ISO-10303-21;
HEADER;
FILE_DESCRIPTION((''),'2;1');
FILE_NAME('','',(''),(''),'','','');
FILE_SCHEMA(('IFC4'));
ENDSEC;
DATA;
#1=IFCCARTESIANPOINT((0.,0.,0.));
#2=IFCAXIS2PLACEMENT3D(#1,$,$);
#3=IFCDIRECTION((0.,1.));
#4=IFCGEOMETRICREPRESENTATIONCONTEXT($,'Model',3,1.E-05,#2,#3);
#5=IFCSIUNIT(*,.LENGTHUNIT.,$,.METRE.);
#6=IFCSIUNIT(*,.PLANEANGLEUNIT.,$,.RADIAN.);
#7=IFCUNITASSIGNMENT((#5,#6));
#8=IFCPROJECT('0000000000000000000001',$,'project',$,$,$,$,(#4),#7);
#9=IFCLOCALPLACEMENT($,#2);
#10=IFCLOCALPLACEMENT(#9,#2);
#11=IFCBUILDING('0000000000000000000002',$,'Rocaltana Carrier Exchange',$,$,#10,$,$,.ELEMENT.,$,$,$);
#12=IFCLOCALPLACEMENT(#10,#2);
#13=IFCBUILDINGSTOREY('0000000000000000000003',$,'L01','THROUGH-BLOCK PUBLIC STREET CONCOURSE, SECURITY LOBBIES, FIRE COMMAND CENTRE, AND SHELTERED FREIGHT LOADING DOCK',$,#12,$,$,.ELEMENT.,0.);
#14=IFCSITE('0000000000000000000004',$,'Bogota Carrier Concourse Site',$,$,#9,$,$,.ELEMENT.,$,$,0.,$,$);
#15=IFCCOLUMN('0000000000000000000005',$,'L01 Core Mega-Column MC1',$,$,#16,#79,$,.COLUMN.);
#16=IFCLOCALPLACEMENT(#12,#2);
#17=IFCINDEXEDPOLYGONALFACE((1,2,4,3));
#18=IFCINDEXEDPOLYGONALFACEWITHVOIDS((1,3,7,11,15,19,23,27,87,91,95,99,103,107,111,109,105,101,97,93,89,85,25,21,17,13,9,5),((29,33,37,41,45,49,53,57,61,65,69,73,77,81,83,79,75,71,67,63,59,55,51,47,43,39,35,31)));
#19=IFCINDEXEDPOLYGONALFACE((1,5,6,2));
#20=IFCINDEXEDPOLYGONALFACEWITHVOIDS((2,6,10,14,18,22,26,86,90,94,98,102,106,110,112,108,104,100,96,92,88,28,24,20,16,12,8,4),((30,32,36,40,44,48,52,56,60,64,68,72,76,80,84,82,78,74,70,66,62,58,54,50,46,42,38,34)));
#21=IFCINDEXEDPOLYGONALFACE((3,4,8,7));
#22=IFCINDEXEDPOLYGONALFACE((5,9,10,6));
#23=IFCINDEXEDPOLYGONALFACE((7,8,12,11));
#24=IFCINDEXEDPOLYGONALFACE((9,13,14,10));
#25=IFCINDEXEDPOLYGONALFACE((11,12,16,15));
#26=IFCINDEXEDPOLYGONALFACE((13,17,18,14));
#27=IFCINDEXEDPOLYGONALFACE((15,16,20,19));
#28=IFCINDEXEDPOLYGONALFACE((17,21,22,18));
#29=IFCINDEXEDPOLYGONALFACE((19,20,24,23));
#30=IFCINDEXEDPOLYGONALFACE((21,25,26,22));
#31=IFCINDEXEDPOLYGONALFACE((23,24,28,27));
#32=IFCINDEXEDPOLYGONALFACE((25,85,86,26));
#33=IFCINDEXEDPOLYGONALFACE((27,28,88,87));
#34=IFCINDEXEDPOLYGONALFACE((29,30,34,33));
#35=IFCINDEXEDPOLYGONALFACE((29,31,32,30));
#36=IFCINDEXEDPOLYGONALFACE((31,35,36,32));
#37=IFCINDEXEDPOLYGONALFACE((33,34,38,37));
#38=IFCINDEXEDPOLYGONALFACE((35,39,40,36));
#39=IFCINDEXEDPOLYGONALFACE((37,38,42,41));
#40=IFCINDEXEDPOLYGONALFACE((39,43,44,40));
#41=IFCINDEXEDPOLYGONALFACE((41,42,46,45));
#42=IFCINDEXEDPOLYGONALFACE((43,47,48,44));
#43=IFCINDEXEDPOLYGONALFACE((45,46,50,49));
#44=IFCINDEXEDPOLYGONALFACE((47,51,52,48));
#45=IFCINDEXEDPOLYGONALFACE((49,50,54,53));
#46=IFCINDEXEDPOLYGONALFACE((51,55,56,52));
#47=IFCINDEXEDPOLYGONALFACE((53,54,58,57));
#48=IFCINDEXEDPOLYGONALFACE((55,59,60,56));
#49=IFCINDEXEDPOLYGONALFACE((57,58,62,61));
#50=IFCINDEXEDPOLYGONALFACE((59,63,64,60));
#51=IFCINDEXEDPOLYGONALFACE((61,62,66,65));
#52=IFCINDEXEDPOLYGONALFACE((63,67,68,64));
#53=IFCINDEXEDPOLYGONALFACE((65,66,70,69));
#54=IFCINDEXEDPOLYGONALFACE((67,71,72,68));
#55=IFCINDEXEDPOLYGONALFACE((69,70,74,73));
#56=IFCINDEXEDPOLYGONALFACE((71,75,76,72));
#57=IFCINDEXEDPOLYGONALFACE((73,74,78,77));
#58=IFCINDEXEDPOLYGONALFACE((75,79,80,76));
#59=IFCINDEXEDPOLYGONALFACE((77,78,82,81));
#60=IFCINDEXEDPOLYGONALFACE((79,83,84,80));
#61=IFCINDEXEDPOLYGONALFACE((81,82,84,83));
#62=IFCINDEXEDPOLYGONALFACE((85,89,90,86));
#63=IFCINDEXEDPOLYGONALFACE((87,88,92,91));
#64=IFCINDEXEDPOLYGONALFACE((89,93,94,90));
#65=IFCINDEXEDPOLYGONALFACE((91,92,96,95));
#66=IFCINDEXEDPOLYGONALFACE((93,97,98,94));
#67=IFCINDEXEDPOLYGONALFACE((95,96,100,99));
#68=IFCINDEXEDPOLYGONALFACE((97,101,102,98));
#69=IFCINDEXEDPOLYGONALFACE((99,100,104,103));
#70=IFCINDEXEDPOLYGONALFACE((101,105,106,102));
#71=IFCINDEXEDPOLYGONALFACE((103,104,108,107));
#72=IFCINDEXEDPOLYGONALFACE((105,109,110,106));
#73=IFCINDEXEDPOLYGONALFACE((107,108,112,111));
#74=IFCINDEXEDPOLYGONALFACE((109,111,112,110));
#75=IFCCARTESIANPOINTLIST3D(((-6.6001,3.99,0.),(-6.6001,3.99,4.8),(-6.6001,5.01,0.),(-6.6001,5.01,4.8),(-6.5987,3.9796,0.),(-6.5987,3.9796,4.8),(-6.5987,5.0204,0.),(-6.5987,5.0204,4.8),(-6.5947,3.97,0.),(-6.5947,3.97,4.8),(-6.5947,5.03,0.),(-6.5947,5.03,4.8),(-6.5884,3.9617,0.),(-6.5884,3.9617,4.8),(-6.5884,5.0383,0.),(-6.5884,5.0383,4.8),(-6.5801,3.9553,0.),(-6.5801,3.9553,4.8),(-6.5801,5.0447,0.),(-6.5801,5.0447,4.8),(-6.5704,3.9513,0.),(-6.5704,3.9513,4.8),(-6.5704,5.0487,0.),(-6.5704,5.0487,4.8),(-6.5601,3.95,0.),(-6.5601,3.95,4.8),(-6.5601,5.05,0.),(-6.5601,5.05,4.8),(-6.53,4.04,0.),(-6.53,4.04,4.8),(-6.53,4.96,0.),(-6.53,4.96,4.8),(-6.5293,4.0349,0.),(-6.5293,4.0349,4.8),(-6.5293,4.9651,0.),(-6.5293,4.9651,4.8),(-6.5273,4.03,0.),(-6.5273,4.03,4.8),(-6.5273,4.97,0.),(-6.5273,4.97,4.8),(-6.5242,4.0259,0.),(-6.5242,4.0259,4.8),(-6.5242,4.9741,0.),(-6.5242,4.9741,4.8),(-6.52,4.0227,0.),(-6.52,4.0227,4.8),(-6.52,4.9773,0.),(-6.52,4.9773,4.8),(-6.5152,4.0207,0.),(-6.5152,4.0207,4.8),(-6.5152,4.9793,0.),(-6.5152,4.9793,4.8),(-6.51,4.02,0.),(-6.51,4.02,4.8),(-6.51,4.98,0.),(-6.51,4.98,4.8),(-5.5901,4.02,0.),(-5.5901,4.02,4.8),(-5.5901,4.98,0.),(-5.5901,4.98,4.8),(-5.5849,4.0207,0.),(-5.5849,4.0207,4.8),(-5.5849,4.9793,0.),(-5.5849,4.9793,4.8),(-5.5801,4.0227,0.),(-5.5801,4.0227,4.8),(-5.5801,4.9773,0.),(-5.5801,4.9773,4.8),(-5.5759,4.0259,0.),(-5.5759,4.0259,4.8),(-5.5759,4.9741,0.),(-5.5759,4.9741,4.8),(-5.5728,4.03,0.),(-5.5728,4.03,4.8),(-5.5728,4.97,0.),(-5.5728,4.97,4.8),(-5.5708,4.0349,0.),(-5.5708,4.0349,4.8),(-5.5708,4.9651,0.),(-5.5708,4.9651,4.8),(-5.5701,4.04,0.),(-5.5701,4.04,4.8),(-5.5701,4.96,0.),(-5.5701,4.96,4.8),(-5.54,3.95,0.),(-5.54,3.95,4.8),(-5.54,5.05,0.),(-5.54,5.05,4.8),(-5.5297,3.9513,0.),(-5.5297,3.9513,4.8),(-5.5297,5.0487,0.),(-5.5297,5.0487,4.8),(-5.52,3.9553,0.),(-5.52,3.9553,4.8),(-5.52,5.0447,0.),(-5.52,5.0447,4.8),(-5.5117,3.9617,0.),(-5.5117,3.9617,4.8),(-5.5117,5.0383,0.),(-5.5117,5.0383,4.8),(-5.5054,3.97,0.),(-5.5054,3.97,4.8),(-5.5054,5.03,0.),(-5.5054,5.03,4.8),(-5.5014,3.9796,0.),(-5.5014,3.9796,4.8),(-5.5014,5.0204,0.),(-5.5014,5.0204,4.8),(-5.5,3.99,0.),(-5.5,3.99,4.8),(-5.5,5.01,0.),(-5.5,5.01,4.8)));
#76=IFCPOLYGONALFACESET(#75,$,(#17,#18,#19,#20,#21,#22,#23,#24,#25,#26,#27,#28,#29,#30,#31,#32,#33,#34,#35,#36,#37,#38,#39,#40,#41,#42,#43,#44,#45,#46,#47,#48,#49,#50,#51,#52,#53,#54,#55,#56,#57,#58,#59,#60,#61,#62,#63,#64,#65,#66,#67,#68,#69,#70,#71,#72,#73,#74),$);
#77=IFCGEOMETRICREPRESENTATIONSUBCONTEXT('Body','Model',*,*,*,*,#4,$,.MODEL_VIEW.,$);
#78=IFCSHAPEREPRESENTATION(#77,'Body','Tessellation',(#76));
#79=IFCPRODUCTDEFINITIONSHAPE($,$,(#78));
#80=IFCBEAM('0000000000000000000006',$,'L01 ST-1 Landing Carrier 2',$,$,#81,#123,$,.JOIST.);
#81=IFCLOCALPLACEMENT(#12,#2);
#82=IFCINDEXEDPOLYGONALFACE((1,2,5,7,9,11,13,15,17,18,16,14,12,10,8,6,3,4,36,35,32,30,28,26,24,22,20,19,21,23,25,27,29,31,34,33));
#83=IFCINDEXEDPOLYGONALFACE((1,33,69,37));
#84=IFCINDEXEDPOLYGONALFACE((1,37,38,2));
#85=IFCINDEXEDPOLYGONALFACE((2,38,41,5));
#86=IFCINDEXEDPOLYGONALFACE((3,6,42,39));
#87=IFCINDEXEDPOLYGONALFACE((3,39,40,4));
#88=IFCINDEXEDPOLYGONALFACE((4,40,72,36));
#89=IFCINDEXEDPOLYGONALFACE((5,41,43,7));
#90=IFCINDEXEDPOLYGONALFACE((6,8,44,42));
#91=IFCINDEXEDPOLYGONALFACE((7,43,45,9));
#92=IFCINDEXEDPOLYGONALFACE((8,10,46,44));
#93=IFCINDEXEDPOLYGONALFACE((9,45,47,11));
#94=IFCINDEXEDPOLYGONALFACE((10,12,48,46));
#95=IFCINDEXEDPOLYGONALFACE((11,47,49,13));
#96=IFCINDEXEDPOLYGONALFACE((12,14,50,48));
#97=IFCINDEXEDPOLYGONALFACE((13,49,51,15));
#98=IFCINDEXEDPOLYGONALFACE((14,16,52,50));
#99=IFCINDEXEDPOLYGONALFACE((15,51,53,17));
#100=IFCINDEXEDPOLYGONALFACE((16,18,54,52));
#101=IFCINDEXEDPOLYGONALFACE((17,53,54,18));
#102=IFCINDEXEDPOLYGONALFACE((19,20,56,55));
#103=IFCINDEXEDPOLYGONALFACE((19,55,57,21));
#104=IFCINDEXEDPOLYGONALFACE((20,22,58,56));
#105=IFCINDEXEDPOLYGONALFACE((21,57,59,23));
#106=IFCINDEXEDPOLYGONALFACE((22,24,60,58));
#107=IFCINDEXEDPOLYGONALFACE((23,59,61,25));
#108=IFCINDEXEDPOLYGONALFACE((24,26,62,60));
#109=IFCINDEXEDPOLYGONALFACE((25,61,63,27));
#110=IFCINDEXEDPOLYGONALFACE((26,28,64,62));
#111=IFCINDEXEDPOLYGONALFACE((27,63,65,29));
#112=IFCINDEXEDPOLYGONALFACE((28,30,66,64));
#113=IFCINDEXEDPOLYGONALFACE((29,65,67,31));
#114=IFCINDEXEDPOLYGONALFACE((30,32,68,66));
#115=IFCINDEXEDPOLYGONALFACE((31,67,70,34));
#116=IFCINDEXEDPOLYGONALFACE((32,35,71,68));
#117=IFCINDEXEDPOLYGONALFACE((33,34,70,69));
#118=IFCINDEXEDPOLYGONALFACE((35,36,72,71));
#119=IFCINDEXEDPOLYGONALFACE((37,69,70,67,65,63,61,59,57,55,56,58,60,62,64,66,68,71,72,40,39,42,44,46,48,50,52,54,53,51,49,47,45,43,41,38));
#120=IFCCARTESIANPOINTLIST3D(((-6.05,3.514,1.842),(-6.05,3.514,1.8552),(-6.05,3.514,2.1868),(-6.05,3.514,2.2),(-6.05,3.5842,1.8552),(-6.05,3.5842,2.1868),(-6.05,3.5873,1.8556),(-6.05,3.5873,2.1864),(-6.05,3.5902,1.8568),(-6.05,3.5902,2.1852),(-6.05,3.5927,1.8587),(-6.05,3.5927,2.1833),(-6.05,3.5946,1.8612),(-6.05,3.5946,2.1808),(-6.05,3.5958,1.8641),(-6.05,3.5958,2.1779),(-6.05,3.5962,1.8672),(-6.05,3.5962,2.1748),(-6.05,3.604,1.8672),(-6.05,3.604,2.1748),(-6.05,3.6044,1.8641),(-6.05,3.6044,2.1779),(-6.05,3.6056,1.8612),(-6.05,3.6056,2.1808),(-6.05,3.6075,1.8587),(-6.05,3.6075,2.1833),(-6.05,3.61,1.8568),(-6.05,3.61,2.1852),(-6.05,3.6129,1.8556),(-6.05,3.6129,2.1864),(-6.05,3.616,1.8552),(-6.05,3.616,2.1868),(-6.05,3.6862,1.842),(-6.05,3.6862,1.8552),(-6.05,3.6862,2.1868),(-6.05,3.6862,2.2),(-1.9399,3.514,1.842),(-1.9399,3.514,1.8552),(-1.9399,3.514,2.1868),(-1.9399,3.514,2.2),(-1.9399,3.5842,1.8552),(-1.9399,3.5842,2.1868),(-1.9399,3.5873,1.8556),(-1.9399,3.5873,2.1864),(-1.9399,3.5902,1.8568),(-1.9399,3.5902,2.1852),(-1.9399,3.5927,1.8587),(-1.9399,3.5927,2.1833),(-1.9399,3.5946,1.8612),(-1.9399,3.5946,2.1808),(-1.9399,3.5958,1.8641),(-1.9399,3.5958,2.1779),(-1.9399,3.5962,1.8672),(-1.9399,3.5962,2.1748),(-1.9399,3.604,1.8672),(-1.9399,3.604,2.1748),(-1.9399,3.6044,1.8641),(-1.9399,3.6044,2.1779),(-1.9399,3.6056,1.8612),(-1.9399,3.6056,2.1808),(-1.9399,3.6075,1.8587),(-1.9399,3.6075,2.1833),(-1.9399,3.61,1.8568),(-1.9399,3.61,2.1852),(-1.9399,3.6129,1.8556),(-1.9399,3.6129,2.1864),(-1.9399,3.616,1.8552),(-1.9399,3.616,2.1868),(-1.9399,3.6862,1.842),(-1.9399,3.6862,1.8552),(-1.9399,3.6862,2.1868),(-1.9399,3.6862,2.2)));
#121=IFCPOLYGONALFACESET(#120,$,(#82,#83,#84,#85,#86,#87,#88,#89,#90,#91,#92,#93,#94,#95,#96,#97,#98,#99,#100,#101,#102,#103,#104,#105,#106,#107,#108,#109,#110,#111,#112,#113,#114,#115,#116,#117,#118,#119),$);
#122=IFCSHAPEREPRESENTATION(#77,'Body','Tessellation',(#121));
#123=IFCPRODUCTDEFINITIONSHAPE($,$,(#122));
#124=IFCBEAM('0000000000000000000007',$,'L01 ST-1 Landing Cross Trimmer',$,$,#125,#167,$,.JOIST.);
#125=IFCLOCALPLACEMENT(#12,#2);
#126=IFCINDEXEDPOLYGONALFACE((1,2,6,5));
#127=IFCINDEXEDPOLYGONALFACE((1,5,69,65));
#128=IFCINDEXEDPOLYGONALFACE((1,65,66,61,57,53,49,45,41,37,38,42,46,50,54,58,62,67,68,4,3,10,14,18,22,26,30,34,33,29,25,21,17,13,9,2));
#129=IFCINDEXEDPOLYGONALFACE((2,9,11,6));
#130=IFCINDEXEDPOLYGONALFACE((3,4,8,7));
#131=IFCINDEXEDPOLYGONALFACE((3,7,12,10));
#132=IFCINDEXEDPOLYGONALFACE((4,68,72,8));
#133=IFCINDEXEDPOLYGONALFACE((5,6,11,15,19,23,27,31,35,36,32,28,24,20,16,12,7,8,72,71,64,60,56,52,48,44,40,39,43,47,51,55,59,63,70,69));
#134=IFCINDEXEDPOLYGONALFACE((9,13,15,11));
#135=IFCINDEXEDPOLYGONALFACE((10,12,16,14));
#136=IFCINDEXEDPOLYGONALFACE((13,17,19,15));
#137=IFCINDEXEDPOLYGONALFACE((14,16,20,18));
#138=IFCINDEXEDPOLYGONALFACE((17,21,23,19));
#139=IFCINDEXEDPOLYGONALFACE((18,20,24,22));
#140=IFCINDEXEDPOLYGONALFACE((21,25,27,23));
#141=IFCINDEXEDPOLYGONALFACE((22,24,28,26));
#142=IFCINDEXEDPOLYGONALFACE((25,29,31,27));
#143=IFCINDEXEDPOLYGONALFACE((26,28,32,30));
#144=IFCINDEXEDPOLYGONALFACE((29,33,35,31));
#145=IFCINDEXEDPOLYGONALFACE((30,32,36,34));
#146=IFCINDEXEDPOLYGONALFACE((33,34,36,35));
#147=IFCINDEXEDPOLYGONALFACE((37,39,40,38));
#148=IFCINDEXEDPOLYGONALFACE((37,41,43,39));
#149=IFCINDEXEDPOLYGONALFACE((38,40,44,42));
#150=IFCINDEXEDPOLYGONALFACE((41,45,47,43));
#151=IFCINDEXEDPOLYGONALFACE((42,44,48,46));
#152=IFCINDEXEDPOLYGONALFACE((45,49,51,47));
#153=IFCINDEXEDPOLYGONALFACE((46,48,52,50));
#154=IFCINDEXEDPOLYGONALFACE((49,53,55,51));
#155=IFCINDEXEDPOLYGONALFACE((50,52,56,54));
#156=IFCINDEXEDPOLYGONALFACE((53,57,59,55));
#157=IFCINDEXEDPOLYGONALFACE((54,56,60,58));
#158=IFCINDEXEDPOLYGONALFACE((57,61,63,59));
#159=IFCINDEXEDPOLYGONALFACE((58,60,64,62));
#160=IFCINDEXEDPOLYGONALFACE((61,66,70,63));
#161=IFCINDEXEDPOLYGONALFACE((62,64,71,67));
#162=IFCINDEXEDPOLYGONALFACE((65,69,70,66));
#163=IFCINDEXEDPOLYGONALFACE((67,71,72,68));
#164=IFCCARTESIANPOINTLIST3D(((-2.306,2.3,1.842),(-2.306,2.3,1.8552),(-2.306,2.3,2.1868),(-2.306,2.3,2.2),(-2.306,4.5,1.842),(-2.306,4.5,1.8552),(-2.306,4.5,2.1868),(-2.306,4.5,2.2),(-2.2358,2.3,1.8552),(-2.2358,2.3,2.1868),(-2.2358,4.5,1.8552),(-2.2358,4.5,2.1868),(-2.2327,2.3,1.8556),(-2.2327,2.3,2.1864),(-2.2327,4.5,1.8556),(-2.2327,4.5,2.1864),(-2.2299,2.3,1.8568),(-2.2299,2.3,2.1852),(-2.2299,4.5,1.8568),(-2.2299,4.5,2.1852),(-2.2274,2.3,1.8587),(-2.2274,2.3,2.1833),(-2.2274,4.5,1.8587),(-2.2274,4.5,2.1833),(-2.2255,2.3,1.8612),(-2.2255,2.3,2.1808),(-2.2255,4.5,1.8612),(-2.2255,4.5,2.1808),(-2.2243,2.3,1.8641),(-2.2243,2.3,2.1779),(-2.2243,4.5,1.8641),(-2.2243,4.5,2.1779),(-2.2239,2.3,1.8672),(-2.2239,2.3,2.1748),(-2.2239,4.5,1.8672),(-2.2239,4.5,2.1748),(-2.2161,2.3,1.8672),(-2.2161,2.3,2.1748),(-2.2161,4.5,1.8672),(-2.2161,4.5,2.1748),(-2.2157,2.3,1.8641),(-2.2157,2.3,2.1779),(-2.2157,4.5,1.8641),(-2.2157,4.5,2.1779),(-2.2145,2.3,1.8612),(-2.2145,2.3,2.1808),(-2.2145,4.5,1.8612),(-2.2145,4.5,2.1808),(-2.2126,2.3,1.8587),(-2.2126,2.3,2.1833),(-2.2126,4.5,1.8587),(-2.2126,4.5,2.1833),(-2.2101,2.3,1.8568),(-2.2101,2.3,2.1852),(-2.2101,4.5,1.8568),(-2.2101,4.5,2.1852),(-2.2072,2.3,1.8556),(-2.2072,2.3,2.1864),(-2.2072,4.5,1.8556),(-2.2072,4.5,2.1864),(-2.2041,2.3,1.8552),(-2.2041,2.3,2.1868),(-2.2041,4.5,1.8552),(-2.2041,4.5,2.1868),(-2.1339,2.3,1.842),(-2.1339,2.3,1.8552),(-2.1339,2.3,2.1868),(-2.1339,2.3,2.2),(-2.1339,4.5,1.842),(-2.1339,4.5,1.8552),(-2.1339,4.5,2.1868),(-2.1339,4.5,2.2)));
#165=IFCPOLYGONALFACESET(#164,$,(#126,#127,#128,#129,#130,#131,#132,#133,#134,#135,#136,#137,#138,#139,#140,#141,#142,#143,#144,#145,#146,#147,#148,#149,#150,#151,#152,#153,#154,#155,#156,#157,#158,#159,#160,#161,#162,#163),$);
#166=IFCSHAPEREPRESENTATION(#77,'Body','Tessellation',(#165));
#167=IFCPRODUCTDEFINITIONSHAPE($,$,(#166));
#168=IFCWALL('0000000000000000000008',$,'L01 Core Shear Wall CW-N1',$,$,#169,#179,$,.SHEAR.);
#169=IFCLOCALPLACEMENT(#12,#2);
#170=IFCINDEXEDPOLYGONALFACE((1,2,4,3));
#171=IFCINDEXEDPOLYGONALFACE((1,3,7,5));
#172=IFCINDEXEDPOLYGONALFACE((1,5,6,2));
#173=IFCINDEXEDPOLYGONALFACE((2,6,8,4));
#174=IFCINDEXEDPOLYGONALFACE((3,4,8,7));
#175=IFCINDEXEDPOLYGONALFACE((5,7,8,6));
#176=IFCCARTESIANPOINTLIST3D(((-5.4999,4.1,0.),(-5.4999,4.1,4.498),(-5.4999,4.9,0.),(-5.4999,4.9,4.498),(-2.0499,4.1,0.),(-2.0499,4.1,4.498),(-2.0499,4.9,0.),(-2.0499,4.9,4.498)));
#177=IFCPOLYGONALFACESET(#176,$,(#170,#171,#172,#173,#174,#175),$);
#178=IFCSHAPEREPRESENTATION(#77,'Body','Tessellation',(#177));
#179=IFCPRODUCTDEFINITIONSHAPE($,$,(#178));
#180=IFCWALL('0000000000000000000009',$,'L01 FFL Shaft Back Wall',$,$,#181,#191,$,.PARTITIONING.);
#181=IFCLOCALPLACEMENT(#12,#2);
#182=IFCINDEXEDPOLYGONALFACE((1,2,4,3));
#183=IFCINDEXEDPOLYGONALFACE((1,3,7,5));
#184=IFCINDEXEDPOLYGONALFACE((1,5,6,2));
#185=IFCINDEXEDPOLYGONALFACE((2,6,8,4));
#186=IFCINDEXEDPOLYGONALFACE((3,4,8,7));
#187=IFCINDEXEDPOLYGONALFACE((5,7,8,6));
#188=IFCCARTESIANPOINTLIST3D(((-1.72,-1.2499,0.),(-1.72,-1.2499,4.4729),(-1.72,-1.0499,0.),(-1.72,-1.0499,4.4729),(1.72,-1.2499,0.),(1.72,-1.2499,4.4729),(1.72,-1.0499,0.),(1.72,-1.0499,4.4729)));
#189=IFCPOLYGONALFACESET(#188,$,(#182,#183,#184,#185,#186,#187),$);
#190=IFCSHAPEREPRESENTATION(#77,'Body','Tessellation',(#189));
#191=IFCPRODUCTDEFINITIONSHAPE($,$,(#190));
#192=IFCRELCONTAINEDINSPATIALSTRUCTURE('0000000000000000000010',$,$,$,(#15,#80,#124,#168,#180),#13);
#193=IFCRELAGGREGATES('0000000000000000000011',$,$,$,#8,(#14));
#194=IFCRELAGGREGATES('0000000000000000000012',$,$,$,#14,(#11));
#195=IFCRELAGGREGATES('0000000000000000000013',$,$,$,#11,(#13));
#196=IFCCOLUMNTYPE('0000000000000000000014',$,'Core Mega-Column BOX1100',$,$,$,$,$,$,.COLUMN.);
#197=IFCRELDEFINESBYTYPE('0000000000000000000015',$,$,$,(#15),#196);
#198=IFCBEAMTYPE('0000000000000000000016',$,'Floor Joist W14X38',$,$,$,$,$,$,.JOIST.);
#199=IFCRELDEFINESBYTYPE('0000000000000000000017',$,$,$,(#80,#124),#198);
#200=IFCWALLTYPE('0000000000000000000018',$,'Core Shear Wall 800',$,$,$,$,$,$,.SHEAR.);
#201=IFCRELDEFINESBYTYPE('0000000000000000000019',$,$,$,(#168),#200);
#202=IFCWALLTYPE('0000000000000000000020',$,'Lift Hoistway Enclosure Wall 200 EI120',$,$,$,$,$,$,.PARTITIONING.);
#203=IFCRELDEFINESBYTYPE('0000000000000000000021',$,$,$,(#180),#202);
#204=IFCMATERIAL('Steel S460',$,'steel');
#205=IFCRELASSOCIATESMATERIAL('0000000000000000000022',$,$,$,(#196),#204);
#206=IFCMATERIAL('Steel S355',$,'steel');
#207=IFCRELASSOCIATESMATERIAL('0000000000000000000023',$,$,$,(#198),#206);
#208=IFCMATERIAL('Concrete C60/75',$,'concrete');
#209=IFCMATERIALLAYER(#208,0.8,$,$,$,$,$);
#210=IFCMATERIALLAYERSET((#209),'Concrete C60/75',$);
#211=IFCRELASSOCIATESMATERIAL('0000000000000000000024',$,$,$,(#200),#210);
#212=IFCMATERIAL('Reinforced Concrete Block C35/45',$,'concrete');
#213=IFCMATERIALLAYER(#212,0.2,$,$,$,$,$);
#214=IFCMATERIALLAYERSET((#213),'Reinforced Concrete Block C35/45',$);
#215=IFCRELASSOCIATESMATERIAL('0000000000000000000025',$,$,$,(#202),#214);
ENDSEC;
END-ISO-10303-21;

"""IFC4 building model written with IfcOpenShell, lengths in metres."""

from ifc_helpers import new_model, si_unit, direction, frame, frame_2d, origin, origin_2d, place, context, subcontext, project, spatial, rectangle, hollow_rectangle, i_section, extrude, material, layer, layer_set, material_profile, profile_set, type_object, element, save


model = new_model("IFC4")

# Units and contexts
model_context = context("Model", 3, precision=1e-05, world=origin(), true_north=direction((0.0, 1.0)))
body_context = subcontext(model_context, "Body", "Model", "MODEL_VIEW")
ifc_project = project(units=[si_unit("LENGTHUNIT", "METRE"), si_unit("PLANEANGLEUNIT", "RADIAN")], contexts=[model_context])

# Site, building, storey
site_placement = place(None, origin())
site = spatial("IfcSite", under=ifc_project, at=site_placement, Name="Bogota Carrier Concourse Site", CompositionType="ELEMENT", RefElevation=0.0)
building_placement = place(site_placement, origin())
building = spatial("IfcBuilding", under=site, at=building_placement, Name="Rocaltana Carrier Exchange", CompositionType="ELEMENT")
storey_placement = place(building_placement, origin())
storey = spatial("IfcBuildingStorey", under=building, at=storey_placement, Name="L01", Description="THROUGH-BLOCK PUBLIC STREET CONCOURSE, SECURITY LOBBIES, FIRE COMMAND CENTRE, AND SHELTERED FREIGHT LOADING DOCK", CompositionType="ELEMENT", Elevation=0.0)

# Column
ifc_material_1 = material(Name="Steel S460", Category="steel")
ifc_material_profile_1 = material_profile(ifc_material_1, hollow_rectangle(XDim=1.1001, YDim=1.1001, WallThickness=0.0701, InnerFilletRadius=0.02, OuterFilletRadius=0.04, at=origin_2d()), Name="BOX1100X1100X70")
ifc_profile_set_1 = profile_set([ifc_material_profile_1], Name="Steel S460")
column_type = type_object("IfcColumnType", Name="Core Mega-Column BOX1100", PredefinedType="COLUMN", material=ifc_profile_set_1)
column_placement = place(storey_placement, frame((-6.05, 4.5, 0.0), z_axis=(0.0, 0.0, 1.0), x_axis=(1.0, 0.0, 0.0)))
element("IfcColumn", 1, at=column_placement, inside=storey, type_object=column_type, Name="L01 Core Mega-Column MC1", PredefinedType="COLUMN", context=body_context, shape_type="SweptSolid", body=[
    extrude(hollow_rectangle(XDim=1.1001, YDim=1.1001, WallThickness=0.0701, InnerFilletRadius=0.02, OuterFilletRadius=0.04, at=origin_2d()), origin(), (0.0, 0.0, 1.0), 4.8),
])

# Beams
ifc_material_2 = material(Name="Steel S355", Category="steel")
ifc_material_profile_2 = material_profile(ifc_material_2, i_section(OverallWidth=0.1721, OverallDepth=0.3579, WebThickness=0.0078, FlangeThickness=0.0132, FilletRadius=0.012, at=origin_2d()), Name="W14X38")
ifc_profile_set_2 = profile_set([ifc_material_profile_2], Name="Steel S355")
beam_type = type_object("IfcBeamType", Name="Floor Joist W14X38", PredefinedType="JOIST", material=ifc_profile_set_2)
beam_1_placement = place(storey_placement, frame((-6.05, 3.6001, 2.021), z_axis=(1.0, 0.0, 0.0), x_axis=(0.0, 1.0, 0.0)))
element("IfcBeam", 2, at=beam_1_placement, inside=storey, type_object=beam_type, Name="L01 ST-1 Landing Carrier 2", PredefinedType="JOIST", context=body_context, shape_type="SweptSolid", body=[
    extrude(i_section(OverallWidth=0.1721, OverallDepth=0.3579, WebThickness=0.0078, FlangeThickness=0.0132, FilletRadius=0.012, at=origin_2d()), origin(), (0.0, 0.0, 1.0), 4.1101),
])
beam_2_placement = place(storey_placement, frame((-2.22, 2.3, 2.021), z_axis=(0.0, 1.0, 0.0), x_axis=(-1.0, 0.0, 0.0)))
element("IfcBeam", 3, at=beam_2_placement, inside=storey, type_object=beam_type, Name="L01 ST-1 Landing Cross Trimmer", PredefinedType="JOIST", context=body_context, shape_type="SweptSolid", body=[
    extrude(i_section(OverallWidth=0.1721, OverallDepth=0.3579, WebThickness=0.0078, FlangeThickness=0.0132, FilletRadius=0.012, at=origin_2d()), origin(), (0.0, 0.0, 1.0), 2.2),
])

# Walls
ifc_material_3 = material(Name="Concrete C60/75", Category="concrete")
ifc_layer_1 = layer(ifc_material_3, 0.8)
ifc_layer_set_1 = layer_set([ifc_layer_1], Name="Concrete C60/75")
wall_type_1 = type_object("IfcWallType", Name="Core Shear Wall 800", PredefinedType="SHEAR", material=ifc_layer_set_1)
wall_1_placement = place(storey_placement, frame((-5.5, 4.5, 0.0), z_axis=(0.0, 0.0, 1.0), x_axis=(1.0, 0.0, 0.0)))
element("IfcWall", 4, at=wall_1_placement, inside=storey, type_object=wall_type_1, Name="L01 Core Shear Wall CW-N1", PredefinedType="SHEAR", context=body_context, shape_type="SweptSolid", body=[
    extrude(rectangle(XDim=3.45, YDim=0.8, at=frame_2d((1.7251, 0.0))), origin(), (0.0, 0.0, 1.0), 4.498),
])
ifc_material_4 = material(Name="Reinforced Concrete Block C35/45", Category="concrete")
ifc_layer_2 = layer(ifc_material_4, 0.2)
ifc_layer_set_2 = layer_set([ifc_layer_2], Name="Reinforced Concrete Block C35/45")
wall_type_2 = type_object("IfcWallType", Name="Lift Hoistway Enclosure Wall 200 EI120", PredefinedType="PARTITIONING", material=ifc_layer_set_2)
wall_2_placement = place(storey_placement, frame((-1.72, -1.1499, 0.0), z_axis=(0.0, 0.0, 1.0), x_axis=(1.0, 0.0, 0.0)))
element("IfcWall", 5, at=wall_2_placement, inside=storey, type_object=wall_type_2, Name="L01 FFL Shaft Back Wall", PredefinedType="PARTITIONING", context=body_context, shape_type="SweptSolid", body=[
    extrude(rectangle(XDim=3.4399, YDim=0.2, at=frame_2d((1.72, 0.0))), origin(), (0.0, 0.0, 1.0), 4.4729),
])

save(model, "model.ifc")
